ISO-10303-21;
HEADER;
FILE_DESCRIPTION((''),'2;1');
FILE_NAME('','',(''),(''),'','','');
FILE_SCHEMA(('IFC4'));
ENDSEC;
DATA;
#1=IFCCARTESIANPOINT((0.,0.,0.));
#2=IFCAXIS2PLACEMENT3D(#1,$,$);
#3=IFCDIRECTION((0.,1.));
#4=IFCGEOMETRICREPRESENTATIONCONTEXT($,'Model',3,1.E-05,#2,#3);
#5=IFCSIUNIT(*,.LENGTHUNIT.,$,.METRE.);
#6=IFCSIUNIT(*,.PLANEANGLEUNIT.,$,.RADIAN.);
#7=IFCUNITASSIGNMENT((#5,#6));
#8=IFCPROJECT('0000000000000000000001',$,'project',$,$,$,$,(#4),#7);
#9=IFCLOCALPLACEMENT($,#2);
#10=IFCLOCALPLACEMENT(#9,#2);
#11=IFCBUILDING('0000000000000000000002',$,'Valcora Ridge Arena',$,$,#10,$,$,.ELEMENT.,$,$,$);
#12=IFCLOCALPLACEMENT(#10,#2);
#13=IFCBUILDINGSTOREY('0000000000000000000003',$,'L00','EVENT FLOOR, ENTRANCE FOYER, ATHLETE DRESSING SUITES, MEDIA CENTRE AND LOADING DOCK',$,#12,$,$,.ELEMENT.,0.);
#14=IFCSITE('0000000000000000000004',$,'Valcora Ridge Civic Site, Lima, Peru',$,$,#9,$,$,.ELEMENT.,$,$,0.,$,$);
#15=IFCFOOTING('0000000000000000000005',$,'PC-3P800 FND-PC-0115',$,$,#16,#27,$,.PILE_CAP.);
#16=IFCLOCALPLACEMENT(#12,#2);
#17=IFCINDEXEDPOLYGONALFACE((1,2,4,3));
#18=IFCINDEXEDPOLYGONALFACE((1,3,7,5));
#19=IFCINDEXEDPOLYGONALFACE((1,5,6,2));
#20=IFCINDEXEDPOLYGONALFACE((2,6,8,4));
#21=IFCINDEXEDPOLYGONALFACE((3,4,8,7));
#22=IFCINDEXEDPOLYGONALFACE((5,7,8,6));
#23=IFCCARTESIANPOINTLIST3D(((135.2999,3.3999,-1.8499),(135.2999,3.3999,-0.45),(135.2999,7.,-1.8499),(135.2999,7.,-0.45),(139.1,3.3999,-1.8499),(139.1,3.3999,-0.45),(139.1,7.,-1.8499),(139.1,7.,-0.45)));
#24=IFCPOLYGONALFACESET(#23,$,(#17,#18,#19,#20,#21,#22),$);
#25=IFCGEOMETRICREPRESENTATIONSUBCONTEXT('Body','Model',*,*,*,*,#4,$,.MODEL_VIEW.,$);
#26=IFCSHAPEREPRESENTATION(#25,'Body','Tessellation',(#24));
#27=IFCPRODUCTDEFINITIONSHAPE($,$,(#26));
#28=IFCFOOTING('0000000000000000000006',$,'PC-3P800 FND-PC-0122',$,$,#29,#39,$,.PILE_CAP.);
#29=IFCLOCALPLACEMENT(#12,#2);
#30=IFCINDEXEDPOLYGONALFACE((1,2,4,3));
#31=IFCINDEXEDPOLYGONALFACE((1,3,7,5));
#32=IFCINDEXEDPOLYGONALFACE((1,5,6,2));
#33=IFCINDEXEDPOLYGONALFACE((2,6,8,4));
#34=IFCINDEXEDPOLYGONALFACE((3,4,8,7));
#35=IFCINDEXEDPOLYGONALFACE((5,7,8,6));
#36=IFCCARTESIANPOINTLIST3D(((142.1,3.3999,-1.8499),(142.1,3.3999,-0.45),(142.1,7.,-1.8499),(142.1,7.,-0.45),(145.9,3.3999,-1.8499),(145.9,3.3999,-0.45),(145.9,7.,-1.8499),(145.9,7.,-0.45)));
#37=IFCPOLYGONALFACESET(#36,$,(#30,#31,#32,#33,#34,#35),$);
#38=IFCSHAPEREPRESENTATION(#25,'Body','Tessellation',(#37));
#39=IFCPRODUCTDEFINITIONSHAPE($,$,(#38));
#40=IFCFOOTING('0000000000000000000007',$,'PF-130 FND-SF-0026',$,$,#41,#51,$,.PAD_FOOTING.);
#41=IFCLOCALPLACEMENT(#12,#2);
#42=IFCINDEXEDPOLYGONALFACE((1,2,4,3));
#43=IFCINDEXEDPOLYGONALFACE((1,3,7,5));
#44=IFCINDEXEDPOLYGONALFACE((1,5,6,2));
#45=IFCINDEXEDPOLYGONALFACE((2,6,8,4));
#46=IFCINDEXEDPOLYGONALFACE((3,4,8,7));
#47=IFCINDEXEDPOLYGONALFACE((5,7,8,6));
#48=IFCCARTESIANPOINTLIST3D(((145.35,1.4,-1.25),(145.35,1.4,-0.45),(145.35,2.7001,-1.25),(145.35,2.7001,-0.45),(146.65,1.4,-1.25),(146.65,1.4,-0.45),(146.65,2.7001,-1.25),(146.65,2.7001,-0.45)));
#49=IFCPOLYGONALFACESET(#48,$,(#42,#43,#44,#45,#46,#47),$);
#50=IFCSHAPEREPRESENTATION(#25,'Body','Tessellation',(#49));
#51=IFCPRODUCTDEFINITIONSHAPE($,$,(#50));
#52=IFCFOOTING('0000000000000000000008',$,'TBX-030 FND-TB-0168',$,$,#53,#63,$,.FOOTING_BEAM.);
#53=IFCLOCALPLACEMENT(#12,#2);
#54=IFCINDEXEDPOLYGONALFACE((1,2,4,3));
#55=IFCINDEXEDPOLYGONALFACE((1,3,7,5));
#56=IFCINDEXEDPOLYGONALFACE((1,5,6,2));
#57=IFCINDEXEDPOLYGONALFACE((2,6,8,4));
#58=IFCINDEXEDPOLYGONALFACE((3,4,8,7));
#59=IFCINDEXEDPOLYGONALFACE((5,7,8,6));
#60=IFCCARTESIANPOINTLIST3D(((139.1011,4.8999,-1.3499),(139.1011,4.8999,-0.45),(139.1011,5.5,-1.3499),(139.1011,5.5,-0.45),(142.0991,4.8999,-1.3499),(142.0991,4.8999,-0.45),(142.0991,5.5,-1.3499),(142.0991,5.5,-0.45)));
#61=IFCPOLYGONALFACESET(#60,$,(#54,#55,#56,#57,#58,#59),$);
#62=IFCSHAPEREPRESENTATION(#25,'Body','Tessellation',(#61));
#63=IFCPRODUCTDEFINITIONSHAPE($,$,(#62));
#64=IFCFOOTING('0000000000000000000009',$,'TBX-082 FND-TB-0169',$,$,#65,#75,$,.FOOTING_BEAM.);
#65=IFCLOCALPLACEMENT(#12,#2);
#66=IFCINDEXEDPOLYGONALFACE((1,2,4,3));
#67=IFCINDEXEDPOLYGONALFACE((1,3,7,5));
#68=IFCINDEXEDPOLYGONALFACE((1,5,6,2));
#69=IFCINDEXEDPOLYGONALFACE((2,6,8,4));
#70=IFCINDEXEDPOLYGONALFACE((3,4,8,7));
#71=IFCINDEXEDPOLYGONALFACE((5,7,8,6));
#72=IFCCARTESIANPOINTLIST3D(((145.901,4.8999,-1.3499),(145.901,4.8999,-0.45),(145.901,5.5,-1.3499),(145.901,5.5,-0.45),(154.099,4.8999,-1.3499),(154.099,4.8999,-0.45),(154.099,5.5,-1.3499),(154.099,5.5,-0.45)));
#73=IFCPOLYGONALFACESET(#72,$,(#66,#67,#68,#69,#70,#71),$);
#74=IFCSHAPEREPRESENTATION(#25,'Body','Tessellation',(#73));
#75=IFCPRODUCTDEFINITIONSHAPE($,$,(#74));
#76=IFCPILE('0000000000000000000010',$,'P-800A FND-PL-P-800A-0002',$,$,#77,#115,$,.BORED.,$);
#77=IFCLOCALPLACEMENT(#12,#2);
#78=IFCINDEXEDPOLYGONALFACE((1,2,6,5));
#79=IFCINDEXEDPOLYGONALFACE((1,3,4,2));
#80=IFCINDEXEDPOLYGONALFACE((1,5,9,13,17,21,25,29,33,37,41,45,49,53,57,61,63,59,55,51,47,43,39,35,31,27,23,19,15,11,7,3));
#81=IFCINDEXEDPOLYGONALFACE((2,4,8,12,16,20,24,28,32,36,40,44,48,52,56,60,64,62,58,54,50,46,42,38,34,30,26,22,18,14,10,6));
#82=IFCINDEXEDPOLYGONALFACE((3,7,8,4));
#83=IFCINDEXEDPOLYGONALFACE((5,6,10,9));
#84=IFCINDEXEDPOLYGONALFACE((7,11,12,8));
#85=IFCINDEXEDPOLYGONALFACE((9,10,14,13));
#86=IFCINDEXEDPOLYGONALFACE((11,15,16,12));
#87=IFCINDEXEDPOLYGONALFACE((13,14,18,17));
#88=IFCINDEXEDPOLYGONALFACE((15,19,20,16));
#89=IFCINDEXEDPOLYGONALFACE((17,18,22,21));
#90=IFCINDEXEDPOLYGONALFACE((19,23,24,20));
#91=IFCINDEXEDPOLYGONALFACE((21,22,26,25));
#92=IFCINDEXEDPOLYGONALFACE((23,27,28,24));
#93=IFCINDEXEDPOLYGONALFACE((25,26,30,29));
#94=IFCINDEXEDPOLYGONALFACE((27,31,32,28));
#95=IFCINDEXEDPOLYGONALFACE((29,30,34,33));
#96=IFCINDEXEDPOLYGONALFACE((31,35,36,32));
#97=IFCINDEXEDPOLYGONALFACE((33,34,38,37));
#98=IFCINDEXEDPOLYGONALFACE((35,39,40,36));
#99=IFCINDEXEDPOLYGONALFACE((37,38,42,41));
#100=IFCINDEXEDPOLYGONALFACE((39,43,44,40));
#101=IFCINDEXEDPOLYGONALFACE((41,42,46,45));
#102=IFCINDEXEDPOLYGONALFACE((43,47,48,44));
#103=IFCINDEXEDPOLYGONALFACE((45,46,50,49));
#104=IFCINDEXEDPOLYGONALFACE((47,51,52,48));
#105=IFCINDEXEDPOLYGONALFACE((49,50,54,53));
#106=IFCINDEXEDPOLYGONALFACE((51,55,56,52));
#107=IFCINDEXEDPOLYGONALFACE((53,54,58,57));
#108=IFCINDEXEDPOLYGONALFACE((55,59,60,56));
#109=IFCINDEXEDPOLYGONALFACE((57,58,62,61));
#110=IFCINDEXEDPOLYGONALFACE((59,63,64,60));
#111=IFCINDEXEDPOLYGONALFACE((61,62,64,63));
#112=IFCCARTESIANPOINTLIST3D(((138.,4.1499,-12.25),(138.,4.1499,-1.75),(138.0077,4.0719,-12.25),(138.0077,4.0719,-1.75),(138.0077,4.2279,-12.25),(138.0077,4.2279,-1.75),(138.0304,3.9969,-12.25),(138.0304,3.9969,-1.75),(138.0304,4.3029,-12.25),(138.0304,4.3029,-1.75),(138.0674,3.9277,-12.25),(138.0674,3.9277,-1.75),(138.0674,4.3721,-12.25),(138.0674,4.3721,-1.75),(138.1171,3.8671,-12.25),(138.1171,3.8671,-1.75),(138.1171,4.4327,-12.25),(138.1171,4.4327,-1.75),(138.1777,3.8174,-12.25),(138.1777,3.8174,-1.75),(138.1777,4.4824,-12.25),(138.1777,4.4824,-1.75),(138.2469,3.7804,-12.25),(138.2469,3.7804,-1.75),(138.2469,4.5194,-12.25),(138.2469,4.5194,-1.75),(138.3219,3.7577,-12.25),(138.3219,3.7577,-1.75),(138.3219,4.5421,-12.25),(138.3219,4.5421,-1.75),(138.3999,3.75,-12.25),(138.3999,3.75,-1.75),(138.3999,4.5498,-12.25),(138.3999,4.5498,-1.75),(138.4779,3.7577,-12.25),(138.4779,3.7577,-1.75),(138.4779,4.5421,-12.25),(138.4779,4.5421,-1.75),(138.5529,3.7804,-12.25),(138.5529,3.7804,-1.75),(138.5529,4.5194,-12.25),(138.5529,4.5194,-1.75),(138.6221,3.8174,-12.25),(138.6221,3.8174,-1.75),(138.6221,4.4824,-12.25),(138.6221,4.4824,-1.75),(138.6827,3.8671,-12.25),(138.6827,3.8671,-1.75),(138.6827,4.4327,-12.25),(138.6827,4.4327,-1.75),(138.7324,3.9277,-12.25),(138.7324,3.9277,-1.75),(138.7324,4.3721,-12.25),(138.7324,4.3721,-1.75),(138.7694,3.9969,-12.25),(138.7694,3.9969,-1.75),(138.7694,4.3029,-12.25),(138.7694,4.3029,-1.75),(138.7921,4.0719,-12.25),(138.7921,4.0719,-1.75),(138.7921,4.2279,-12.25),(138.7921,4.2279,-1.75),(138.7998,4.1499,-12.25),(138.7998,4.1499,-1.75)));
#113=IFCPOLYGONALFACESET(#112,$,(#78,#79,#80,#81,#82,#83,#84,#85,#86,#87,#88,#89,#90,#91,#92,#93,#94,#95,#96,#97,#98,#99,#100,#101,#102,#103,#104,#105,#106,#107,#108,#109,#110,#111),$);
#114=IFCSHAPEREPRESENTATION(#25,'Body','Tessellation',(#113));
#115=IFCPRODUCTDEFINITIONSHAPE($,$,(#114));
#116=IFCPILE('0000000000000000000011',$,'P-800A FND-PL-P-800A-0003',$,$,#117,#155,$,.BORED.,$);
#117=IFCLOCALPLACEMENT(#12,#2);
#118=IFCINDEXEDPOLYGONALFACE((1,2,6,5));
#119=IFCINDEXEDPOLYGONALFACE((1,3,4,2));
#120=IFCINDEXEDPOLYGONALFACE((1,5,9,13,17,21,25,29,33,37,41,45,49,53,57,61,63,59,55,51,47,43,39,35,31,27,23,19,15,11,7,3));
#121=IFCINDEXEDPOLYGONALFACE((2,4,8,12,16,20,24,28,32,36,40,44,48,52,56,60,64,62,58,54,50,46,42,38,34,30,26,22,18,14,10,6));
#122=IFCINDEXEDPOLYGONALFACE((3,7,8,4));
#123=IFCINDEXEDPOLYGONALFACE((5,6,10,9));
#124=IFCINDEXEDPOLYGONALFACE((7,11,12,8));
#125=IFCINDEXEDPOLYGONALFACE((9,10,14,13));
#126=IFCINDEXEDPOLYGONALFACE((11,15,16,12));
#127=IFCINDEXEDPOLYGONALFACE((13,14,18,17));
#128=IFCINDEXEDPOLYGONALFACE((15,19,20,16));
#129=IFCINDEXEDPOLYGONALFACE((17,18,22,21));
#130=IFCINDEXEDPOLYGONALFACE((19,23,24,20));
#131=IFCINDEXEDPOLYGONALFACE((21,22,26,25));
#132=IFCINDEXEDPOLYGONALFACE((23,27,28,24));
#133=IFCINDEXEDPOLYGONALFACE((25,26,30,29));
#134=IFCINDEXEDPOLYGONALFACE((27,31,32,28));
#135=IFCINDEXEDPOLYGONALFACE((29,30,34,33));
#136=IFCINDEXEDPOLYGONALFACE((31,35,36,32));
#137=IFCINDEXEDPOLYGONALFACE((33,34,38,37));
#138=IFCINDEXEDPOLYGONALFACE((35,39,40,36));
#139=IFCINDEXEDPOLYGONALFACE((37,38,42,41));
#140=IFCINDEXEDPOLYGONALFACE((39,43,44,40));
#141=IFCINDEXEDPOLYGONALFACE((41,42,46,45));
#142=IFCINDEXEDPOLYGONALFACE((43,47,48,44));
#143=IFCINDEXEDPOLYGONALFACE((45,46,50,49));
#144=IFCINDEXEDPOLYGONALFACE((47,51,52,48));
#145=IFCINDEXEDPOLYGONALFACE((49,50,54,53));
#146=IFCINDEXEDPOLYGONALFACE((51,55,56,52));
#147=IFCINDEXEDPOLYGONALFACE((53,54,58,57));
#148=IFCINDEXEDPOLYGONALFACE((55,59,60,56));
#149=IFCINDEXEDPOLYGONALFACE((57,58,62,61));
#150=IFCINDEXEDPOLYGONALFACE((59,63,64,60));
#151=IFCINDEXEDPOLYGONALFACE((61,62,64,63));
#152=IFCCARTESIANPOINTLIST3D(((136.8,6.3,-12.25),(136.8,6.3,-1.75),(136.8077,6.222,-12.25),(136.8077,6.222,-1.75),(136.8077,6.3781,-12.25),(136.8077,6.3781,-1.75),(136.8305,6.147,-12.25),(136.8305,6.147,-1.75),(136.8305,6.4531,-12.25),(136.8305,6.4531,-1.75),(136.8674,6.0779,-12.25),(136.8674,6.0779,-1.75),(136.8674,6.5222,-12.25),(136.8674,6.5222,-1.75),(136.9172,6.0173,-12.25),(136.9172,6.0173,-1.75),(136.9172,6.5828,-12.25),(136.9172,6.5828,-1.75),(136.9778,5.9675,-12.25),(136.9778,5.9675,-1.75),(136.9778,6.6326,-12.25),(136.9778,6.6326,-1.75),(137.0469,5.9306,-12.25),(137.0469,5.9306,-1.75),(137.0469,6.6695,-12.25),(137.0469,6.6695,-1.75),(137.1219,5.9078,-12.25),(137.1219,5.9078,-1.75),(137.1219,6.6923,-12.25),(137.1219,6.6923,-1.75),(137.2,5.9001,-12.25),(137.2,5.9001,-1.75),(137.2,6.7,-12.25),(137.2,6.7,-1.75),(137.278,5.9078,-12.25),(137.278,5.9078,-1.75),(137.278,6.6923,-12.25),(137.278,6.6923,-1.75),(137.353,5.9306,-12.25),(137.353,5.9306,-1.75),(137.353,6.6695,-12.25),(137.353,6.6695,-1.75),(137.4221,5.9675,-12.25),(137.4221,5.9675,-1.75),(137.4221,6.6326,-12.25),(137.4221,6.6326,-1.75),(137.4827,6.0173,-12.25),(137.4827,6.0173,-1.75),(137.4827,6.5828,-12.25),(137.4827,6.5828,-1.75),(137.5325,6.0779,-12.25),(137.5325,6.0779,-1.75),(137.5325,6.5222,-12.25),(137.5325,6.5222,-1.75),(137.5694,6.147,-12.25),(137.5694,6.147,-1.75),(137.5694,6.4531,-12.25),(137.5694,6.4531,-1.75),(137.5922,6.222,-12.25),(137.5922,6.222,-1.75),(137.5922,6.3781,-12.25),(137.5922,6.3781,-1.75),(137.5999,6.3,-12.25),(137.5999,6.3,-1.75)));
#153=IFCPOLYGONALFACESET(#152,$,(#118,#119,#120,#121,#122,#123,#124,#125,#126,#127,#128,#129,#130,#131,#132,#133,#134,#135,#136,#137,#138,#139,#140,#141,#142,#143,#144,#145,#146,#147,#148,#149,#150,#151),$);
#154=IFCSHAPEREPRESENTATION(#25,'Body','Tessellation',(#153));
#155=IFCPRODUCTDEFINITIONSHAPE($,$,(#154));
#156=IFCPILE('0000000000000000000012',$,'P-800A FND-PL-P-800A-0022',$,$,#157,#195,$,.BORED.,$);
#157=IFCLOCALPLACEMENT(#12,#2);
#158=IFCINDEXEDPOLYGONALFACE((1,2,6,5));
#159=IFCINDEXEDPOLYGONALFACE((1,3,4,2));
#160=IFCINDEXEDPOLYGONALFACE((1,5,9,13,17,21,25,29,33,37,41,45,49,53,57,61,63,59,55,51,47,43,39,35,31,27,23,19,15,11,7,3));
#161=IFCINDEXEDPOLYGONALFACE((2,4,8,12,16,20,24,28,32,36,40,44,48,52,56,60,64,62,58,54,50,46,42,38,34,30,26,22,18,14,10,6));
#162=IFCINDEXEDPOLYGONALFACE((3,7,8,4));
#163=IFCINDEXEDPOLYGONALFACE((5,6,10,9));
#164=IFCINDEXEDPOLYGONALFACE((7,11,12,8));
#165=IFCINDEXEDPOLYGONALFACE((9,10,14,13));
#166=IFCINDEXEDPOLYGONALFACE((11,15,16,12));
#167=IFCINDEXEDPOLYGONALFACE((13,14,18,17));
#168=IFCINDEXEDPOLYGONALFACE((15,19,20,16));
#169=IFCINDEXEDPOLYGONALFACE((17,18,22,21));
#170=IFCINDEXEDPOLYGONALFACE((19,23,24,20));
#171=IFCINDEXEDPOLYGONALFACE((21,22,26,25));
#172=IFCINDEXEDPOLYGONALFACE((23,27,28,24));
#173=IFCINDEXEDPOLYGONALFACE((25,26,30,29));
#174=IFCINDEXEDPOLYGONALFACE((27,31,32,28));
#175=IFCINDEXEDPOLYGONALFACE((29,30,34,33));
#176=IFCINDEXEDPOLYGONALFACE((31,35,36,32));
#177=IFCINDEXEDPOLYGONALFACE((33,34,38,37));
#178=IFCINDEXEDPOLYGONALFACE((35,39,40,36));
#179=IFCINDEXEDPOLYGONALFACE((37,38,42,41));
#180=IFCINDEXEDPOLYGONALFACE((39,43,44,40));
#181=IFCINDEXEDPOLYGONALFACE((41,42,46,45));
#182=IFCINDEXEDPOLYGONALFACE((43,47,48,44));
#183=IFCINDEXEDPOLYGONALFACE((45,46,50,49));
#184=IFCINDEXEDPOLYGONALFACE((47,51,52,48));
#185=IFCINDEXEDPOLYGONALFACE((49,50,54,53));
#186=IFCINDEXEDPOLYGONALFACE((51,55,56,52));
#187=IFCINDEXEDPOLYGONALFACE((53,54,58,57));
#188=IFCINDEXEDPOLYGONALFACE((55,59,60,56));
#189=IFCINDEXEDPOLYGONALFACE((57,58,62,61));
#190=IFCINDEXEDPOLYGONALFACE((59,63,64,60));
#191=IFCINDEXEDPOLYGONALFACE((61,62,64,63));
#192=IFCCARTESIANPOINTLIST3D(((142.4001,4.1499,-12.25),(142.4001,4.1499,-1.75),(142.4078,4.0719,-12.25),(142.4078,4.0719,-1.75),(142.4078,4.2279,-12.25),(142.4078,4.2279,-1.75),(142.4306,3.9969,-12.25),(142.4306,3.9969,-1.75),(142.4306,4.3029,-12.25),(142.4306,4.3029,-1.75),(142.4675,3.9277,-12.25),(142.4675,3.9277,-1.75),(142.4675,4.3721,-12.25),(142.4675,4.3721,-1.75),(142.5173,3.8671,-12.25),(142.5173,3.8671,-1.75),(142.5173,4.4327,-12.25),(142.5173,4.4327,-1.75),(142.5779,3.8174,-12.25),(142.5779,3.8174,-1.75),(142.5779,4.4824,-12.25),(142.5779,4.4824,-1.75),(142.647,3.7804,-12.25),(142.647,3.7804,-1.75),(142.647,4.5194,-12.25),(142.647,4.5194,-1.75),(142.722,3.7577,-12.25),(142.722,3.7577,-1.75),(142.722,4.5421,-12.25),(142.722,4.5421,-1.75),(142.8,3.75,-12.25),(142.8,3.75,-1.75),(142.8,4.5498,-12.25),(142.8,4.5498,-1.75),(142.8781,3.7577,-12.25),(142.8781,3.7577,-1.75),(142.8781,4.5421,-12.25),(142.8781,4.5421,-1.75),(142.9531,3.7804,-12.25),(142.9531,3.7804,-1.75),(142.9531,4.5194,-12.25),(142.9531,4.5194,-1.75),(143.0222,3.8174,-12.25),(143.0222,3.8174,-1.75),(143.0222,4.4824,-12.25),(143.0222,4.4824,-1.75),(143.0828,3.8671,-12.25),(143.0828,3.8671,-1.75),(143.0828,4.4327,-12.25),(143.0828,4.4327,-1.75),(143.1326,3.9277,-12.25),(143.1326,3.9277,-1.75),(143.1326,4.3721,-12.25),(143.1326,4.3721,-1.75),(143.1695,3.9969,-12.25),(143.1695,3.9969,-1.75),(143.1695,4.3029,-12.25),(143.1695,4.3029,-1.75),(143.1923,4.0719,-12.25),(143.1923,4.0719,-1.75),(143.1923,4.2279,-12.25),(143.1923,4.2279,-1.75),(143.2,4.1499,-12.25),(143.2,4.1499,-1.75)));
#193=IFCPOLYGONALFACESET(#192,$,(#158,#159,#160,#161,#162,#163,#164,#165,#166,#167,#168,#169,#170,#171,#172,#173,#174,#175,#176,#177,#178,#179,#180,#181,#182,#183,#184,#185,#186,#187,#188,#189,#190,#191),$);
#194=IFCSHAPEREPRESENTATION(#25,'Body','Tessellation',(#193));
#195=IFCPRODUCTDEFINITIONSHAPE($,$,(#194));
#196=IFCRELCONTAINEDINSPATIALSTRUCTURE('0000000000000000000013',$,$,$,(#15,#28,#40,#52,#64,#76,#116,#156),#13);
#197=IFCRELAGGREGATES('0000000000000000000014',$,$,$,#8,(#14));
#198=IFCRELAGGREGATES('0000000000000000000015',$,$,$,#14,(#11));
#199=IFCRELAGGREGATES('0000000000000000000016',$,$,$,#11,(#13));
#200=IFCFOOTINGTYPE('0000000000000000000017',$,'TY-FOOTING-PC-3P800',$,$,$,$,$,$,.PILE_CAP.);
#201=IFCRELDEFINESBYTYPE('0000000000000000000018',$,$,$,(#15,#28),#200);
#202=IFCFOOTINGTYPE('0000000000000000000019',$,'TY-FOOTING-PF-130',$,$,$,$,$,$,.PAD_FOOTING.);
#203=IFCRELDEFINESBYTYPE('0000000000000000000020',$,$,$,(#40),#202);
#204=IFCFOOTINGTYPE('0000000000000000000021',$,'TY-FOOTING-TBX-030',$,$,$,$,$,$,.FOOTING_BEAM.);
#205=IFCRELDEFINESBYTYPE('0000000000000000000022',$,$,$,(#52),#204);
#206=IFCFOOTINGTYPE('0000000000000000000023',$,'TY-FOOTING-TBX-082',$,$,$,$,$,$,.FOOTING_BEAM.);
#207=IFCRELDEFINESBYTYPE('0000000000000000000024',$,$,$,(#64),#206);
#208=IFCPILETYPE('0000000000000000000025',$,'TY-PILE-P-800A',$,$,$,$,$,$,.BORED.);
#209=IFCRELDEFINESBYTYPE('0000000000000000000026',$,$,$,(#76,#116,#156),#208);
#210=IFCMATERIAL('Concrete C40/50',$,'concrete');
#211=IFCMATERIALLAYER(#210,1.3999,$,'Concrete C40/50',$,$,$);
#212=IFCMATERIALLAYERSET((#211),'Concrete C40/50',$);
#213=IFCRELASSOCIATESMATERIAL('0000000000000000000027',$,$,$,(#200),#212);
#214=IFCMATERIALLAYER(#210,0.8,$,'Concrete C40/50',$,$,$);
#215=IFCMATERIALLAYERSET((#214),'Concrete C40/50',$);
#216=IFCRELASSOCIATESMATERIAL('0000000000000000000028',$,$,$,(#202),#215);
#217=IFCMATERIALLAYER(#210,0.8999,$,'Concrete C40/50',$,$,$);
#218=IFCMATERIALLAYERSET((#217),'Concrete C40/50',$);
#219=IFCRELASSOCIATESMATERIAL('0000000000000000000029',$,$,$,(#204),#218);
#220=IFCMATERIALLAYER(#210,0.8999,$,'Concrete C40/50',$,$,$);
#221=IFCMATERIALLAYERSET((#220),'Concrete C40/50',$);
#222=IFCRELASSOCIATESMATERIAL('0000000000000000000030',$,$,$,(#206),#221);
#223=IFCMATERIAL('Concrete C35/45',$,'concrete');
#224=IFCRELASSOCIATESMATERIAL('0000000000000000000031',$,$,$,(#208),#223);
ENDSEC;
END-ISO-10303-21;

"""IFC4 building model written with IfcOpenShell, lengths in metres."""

from ifc_helpers import new_model, si_unit, direction, frame, origin, origin_2d, place, context, subcontext, project, spatial, rectangle, circle, extrude, material, layer, layer_set, material_profile, profile_set, type_object, element, save


model = new_model("IFC4")

# Units and contexts
model_context = context("Model", 3, precision=1e-05, world=origin(), true_north=direction((0.0, 1.0)))
body_context = subcontext(model_context, "Body", "Model", "MODEL_VIEW")
ifc_project = project(units=[si_unit("LENGTHUNIT", "METRE"), si_unit("PLANEANGLEUNIT", "RADIAN")], contexts=[model_context])

# Site, building, storey
site_placement = place(None, origin())
site = spatial("IfcSite", under=ifc_project, at=site_placement, Name="Valcora Ridge Civic Site, Lima, Peru", CompositionType="ELEMENT", RefElevation=0.0)
building_placement = place(site_placement, origin())
building = spatial("IfcBuilding", under=site, at=building_placement, Name="Valcora Ridge Arena", CompositionType="ELEMENT")
storey_placement = place(building_placement, origin())
storey = spatial("IfcBuildingStorey", under=building, at=storey_placement, Name="L00", Description="EVENT FLOOR, ENTRANCE FOYER, ATHLETE DRESSING SUITES, MEDIA CENTRE AND LOADING DOCK", CompositionType="ELEMENT", Elevation=0.0)

# Footings
ifc_material_1 = material(Name="Concrete C40/50", Category="concrete")
ifc_layer_1 = layer(ifc_material_1, 1.3999, Name="Concrete C40/50")
ifc_layer_set_1 = layer_set([ifc_layer_1], Name="Concrete C40/50")
footing_type_1 = type_object("IfcFootingType", Name="TY-FOOTING-PC-3P800", PredefinedType="PILE_CAP", material=ifc_layer_set_1)
for number, where, z_axis, x_axis, name in (
    (1, (137.2, 5.2, -1.8499), (0.0, 0.0, 1.0), (1.0, 0.0, 0.0), "PC-3P800 FND-PC-0115"),
    (2, (144.0, 5.2, -1.8499), (0.0, 0.0, 1.0), (1.0, 0.0, 0.0), "PC-3P800 FND-PC-0122"),
):
    element("IfcFooting", number, at=place(storey_placement, frame(where, z_axis=z_axis, x_axis=x_axis)), inside=storey, type_object=footing_type_1, Name=name, PredefinedType="PILE_CAP", context=body_context, shape_type="SweptSolid", body=[
        extrude(rectangle(XDim=3.8, YDim=3.6001, at=origin_2d()), origin(), (0.0, 0.0, 1.0), 1.3999),
    ])
ifc_layer_2 = layer(ifc_material_1, 0.8, Name="Concrete C40/50")
ifc_layer_set_2 = layer_set([ifc_layer_2], Name="Concrete C40/50")
footing_type_2 = type_object("IfcFootingType", Name="TY-FOOTING-PF-130", PredefinedType="PAD_FOOTING", material=ifc_layer_set_2)
footing_1_placement = place(storey_placement, frame((146.0, 2.05, -1.25), z_axis=(0.0, 0.0, 1.0), x_axis=(1.0, 0.0, 0.0)))
element("IfcFooting", 3, at=footing_1_placement, inside=storey, type_object=footing_type_2, Name="PF-130 FND-SF-0026", PredefinedType="PAD_FOOTING", context=body_context, shape_type="SweptSolid", body=[
    extrude(rectangle(XDim=1.3, YDim=1.3, at=origin_2d()), origin(), (0.0, 0.0, 1.0), 0.8),
])
ifc_layer_3 = layer(ifc_material_1, 0.8999, Name="Concrete C40/50")
ifc_layer_set_3 = layer_set([ifc_layer_3], Name="Concrete C40/50")
footing_type_3 = type_object("IfcFootingType", Name="TY-FOOTING-TBX-030", PredefinedType="FOOTING_BEAM", material=ifc_layer_set_3)
footing_2_placement = place(storey_placement, frame((140.6001, 5.2, -1.3499), z_axis=(0.0, 0.0, 1.0), x_axis=(1.0, 0.0, 0.0)))
element("IfcFooting", 4, at=footing_2_placement, inside=storey, type_object=footing_type_3, Name="TBX-030 FND-TB-0168", PredefinedType="FOOTING_BEAM", context=body_context, shape_type="SweptSolid", body=[
    extrude(rectangle(XDim=2.998, YDim=0.6001, at=origin_2d()), origin(), (0.0, 0.0, 1.0), 0.8999),
])
ifc_layer_4 = layer(ifc_material_1, 0.8999, Name="Concrete C40/50")
ifc_layer_set_4 = layer_set([ifc_layer_4], Name="Concrete C40/50")
footing_type_4 = type_object("IfcFootingType", Name="TY-FOOTING-TBX-082", PredefinedType="FOOTING_BEAM", material=ifc_layer_set_4)
footing_3_placement = place(storey_placement, frame((150.0, 5.2, -1.3499), z_axis=(0.0, 0.0, 1.0), x_axis=(1.0, 0.0, 0.0)))
element("IfcFooting", 5, at=footing_3_placement, inside=storey, type_object=footing_type_4, Name="TBX-082 FND-TB-0169", PredefinedType="FOOTING_BEAM", context=body_context, shape_type="SweptSolid", body=[
    extrude(rectangle(XDim=8.198, YDim=0.6001, at=origin_2d()), origin(), (0.0, 0.0, 1.0), 0.8999),
])

# Piles
ifc_material_2 = material(Name="Concrete C35/45", Category="concrete")
ifc_material_profile_1 = material_profile(ifc_material_2, circle(Radius=0.3999, at=origin_2d()), Name="BORED PILE D800")
ifc_profile_set_1 = profile_set([ifc_material_profile_1], Name="Concrete C35/45")
pile_type = type_object("IfcPileType", Name="TY-PILE-P-800A", PredefinedType="BORED", material=ifc_profile_set_1)
for number, where, z_axis, x_axis, name in (
    (6, (138.3999, 4.1499, -1.75), (0.0, 0.0, -1.0), (1.0, 0.0, 0.0), "P-800A FND-PL-P-800A-0002"),
    (7, (137.2, 6.3, -1.75), (0.0, 0.0, -1.0), (1.0, 0.0, 0.0), "P-800A FND-PL-P-800A-0003"),
    (8, (142.8, 4.1499, -1.75), (0.0, 0.0, -1.0), (1.0, 0.0, 0.0), "P-800A FND-PL-P-800A-0022"),
):
    element("IfcPile", number, at=place(storey_placement, frame(where, z_axis=z_axis, x_axis=x_axis)), inside=storey, type_object=pile_type, Name=name, PredefinedType="BORED", context=body_context, shape_type="SweptSolid", body=[
        extrude(circle(Radius=0.3999, at=origin_2d()), origin(), (0.0, 0.0, 1.0), 10.5),
    ])

save(model, "model.ifc")
